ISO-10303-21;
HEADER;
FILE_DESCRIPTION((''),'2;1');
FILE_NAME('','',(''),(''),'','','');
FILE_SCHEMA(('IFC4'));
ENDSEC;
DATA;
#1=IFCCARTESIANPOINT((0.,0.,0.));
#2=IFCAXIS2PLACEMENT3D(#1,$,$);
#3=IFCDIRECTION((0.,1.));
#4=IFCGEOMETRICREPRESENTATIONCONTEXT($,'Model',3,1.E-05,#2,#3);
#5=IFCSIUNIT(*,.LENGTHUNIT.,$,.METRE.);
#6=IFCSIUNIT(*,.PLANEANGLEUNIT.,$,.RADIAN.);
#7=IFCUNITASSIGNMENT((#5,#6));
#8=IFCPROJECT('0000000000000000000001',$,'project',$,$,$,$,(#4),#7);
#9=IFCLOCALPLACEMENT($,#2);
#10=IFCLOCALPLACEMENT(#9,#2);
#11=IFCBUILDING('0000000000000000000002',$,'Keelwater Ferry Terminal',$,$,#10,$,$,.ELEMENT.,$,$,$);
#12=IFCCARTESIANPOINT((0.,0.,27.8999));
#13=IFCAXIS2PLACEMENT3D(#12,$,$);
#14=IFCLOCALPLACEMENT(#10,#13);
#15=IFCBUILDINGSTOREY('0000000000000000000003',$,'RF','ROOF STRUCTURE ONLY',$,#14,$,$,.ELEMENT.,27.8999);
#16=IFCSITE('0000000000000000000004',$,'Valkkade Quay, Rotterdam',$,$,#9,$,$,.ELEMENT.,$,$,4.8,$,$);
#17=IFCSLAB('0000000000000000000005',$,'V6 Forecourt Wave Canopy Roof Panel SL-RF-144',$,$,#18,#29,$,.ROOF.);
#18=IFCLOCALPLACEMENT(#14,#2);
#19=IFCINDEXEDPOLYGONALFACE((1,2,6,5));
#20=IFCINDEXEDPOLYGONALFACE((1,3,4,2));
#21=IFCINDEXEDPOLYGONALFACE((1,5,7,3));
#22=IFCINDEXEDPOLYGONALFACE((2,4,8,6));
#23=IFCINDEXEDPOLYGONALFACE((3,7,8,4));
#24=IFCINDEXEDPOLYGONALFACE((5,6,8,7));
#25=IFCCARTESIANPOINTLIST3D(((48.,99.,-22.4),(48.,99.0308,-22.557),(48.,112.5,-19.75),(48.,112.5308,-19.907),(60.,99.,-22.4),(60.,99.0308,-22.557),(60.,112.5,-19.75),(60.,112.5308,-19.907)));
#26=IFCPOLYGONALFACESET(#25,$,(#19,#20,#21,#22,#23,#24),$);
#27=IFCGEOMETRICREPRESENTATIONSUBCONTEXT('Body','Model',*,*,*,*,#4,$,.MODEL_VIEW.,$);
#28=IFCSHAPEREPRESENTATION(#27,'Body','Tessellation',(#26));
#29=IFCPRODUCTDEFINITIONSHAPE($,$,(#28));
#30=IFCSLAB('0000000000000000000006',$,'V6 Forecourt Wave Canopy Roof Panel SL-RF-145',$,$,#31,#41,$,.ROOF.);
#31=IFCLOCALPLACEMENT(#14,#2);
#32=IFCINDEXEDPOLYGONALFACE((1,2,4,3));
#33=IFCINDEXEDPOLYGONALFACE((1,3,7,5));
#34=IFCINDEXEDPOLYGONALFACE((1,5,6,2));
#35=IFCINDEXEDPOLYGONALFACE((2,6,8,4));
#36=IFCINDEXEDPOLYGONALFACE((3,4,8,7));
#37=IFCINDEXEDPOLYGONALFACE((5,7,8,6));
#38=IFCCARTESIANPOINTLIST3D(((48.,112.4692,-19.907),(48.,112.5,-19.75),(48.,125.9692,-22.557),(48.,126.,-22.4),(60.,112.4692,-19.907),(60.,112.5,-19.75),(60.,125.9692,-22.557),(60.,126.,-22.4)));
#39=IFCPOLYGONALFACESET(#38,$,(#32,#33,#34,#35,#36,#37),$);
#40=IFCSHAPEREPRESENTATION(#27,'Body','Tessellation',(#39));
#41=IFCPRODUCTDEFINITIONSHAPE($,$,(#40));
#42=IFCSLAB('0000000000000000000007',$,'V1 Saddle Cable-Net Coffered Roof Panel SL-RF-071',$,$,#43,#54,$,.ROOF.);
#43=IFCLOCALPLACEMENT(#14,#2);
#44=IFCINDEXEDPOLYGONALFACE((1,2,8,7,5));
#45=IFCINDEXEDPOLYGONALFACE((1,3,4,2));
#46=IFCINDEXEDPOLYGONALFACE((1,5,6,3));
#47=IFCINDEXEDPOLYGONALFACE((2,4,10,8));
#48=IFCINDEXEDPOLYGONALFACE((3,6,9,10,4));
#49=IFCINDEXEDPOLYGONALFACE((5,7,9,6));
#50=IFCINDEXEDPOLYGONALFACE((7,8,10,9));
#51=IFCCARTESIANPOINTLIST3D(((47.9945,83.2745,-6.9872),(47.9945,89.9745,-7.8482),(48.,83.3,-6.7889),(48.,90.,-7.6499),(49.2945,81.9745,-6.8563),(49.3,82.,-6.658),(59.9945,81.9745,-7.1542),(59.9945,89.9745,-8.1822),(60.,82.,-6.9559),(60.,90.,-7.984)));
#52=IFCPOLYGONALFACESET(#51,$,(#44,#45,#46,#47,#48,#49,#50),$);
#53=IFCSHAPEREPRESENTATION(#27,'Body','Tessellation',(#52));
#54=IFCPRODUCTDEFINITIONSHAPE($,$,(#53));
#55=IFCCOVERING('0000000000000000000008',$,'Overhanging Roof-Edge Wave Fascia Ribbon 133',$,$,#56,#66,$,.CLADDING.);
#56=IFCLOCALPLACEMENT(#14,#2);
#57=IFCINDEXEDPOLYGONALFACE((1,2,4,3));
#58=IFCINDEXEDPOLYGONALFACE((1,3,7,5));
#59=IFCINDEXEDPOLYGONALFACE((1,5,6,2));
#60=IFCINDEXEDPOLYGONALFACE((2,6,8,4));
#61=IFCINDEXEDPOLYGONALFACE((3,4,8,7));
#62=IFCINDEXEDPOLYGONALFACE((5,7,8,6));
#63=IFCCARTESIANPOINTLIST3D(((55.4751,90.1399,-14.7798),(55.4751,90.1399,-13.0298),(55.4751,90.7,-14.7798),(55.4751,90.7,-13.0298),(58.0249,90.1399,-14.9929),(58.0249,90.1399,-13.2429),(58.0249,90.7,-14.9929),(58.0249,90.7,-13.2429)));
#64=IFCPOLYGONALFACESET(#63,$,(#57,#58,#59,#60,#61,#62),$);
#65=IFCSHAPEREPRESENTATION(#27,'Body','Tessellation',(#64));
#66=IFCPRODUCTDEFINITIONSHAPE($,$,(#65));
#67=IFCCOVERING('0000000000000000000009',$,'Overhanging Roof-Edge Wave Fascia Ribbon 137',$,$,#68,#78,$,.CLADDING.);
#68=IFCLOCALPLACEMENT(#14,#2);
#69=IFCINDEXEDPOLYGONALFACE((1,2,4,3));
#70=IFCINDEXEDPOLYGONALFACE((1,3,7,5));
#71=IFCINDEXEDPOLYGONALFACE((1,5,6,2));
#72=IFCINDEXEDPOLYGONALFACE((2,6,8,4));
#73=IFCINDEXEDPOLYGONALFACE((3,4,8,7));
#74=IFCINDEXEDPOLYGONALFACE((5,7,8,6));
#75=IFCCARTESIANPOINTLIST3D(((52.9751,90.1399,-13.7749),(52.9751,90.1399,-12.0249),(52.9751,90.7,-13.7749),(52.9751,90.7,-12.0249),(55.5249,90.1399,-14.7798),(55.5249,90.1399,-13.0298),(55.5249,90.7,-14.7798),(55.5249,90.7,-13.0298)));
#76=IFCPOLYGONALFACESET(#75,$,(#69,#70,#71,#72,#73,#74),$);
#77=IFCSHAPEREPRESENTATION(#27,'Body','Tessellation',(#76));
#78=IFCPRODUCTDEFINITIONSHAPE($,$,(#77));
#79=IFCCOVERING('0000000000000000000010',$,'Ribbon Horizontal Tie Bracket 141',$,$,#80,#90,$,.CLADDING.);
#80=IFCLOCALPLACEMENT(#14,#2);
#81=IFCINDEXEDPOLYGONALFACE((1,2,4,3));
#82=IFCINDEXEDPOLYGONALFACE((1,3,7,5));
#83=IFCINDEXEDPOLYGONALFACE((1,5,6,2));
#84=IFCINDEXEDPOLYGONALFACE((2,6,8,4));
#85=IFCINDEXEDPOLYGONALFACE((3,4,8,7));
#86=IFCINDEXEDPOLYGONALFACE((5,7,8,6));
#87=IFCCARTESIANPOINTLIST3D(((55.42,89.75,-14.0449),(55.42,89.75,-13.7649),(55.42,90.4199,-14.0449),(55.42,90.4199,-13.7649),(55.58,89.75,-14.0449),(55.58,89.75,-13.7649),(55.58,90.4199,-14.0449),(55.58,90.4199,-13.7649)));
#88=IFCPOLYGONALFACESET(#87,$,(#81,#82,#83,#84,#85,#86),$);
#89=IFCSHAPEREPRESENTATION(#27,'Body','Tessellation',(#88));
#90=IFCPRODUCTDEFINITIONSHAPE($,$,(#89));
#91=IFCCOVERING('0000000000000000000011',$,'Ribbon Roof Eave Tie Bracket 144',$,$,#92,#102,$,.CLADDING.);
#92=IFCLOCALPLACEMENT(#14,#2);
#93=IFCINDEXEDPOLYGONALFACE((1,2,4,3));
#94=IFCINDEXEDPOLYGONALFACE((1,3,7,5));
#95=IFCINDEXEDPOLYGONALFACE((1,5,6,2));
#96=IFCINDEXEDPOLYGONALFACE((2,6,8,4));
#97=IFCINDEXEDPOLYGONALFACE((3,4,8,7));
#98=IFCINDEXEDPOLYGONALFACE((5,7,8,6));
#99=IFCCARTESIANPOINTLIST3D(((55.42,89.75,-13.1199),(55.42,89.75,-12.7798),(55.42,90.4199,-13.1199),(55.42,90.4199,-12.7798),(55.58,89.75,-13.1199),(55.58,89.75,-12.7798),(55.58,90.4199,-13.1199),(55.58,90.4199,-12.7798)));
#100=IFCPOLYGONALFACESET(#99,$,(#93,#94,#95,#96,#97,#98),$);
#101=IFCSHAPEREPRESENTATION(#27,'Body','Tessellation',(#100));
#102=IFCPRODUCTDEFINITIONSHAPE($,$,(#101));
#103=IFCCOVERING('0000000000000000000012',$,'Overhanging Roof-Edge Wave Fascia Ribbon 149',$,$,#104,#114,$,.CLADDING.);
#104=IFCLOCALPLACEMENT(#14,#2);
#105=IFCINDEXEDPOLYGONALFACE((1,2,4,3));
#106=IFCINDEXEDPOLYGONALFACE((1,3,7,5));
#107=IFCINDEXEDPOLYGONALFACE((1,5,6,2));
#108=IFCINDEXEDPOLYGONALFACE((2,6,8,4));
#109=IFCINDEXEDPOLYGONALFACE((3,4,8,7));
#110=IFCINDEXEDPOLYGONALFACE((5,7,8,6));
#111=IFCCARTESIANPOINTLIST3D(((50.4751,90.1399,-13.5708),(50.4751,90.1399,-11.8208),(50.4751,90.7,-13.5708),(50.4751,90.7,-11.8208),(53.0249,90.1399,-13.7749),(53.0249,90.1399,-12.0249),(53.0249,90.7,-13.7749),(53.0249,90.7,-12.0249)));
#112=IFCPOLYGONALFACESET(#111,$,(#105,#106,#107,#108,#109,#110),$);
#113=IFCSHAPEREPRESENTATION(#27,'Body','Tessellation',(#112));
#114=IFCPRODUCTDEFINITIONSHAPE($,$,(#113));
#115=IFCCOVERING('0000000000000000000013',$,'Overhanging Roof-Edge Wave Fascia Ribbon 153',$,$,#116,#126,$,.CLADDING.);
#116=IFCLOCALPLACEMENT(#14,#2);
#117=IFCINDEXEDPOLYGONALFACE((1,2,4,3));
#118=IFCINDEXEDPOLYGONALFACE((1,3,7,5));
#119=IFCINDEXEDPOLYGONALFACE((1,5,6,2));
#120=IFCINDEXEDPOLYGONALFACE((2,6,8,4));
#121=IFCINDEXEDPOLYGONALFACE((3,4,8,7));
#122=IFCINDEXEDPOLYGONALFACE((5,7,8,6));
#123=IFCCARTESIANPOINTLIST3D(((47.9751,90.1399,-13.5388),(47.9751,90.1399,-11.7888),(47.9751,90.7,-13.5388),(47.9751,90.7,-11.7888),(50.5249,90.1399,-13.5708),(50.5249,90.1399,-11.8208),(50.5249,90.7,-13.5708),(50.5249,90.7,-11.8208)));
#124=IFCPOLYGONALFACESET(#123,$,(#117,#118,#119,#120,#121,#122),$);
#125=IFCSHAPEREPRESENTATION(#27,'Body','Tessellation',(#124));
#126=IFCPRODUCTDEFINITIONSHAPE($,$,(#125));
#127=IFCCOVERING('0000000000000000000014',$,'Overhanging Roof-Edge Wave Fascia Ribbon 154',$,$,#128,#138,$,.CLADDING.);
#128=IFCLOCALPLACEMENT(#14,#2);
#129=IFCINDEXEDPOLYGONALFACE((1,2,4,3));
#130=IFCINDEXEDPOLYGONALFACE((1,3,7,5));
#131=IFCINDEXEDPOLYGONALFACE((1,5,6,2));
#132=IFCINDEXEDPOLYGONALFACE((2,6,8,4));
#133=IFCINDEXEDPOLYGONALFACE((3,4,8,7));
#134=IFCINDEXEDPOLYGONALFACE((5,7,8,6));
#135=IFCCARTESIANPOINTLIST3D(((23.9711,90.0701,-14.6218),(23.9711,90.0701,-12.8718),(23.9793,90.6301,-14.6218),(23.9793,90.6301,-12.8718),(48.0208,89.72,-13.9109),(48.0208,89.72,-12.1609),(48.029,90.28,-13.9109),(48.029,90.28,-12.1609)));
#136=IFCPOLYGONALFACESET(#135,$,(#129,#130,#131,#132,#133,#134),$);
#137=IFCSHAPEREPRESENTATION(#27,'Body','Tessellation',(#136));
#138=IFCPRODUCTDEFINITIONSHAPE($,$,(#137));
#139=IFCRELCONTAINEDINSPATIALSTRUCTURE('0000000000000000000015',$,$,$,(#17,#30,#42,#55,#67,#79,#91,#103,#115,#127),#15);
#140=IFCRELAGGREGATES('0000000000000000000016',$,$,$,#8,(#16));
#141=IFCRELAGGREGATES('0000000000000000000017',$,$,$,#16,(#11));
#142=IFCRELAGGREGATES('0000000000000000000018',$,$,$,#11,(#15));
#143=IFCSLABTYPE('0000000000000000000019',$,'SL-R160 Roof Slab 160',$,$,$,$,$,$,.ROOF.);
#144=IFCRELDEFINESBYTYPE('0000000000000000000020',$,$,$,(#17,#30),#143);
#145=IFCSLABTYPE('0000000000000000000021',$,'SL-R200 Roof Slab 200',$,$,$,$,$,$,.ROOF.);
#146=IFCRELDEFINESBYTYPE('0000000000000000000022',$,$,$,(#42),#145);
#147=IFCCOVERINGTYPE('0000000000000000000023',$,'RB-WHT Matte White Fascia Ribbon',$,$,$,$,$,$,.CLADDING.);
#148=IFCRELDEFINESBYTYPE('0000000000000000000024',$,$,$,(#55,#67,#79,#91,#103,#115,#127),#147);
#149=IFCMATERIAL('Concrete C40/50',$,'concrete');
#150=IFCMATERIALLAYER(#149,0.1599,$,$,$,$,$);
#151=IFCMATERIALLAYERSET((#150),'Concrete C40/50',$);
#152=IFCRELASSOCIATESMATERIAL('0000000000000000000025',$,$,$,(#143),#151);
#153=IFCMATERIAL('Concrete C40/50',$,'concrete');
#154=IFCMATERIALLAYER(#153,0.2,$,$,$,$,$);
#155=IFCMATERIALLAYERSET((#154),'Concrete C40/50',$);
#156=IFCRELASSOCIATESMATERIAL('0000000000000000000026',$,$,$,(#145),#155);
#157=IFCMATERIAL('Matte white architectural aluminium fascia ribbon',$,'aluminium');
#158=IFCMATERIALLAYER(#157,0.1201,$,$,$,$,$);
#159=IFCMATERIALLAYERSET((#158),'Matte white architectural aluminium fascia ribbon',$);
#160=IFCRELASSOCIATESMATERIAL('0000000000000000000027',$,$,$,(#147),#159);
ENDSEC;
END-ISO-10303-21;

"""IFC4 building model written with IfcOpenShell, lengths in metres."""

from ifc_helpers import new_model, si_unit, direction, frame, frame_2d, origin, origin_with_axes, place, context, subcontext, project, spatial, polyline, rectangle, outline, extrude, material, layer, layer_set, type_object, element, save


model = new_model("IFC4")

# Units and contexts
model_context = context("Model", 3, precision=1e-05, world=origin(), true_north=direction((0.0, 1.0)))
body_context = subcontext(model_context, "Body", "Model", "MODEL_VIEW")
ifc_project = project(units=[si_unit("LENGTHUNIT", "METRE"), si_unit("PLANEANGLEUNIT", "RADIAN")], contexts=[model_context])

# Site, building, storey
site_placement = place(None, origin())
site = spatial("IfcSite", under=ifc_project, at=site_placement, Name="Valkkade Quay, Rotterdam", CompositionType="ELEMENT", RefElevation=4.8)
building_placement = place(site_placement, origin())
building = spatial("IfcBuilding", under=site, at=building_placement, Name="Keelwater Ferry Terminal", CompositionType="ELEMENT")
storey_placement = place(building_placement, frame((0.0, 0.0, 27.8999)))
storey = spatial("IfcBuildingStorey", under=building, at=storey_placement, Name="RF", Description="ROOF STRUCTURE ONLY", CompositionType="ELEMENT", Elevation=27.8999)

# Slabs
ifc_material_1 = material(Name="Concrete C40/50", Category="concrete")
ifc_layer_1 = layer(ifc_material_1, 0.1599)
ifc_layer_set_1 = layer_set([ifc_layer_1], Name="Concrete C40/50")
slab_type_1 = type_object("IfcSlabType", Name="SL-R160 Roof Slab 160", PredefinedType="ROOF", material=ifc_layer_set_1)
for number, where, z_axis, x_axis, name in (
    (1, (48.0, 99.0308, -22.557), (0.0, -0.19262, 0.981273), (1.0, 0.0, 0.0), "V6 Forecourt Wave Canopy Roof Panel SL-RF-144"),
    (2, (48.0, 112.4692, -19.907), (0.0, 0.19262, 0.981273), (1.0, 0.0, 0.0), "V6 Forecourt Wave Canopy Roof Panel SL-RF-145"),
):
    element("IfcSlab", number, at=place(storey_placement, frame(where, z_axis=z_axis, x_axis=x_axis)), inside=storey, type_object=slab_type_1, Name=name, PredefinedType="ROOF", context=body_context, shape_type="SweptSolid", body=[
        extrude(outline(polyline([(0.0, 0.0), (12.0, 0.0), (12.0, 13.7576), (0.0, 13.7576), (0.0, 0.0)])), origin_with_axes(), (0.0, 0.0, 1.0), 0.16),
    ])
ifc_material_2 = material(Name="Concrete C40/50", Category="concrete")
ifc_layer_2 = layer(ifc_material_2, 0.2)
ifc_layer_set_2 = layer_set([ifc_layer_2], Name="Concrete C40/50")
slab_type_2 = type_object("IfcSlabType", Name="SL-R200 Roof Slab 200", PredefinedType="ROOF", material=ifc_layer_set_2)
slab_placement = place(storey_placement, frame((49.2945, 81.9745, -6.8563), z_axis=(0.027601, 0.127413, 0.991466), x_axis=(0.999619, -0.003518, -0.027376)))
element("IfcSlab", 3, at=slab_placement, inside=storey, type_object=slab_type_2, Name="V1 Saddle Cable-Net Coffered Roof Panel SL-RF-071", PredefinedType="ROOF", context=body_context, shape_type="SweptSolid", body=[
    extrude(outline(polyline([(0.0, 0.0), (10.7041, 0.038), (10.7041, 8.1038), (-1.3005, 8.0612), (-1.3005, 1.3061), (0.0, 0.0)])), origin_with_axes(), (0.0, 0.0, 1.0), 0.2),
])

# Coverings
ifc_material_3 = material(Name="Matte white architectural aluminium fascia ribbon", Category="aluminium")
ifc_layer_3 = layer(ifc_material_3, 0.1201)
ifc_layer_set_3 = layer_set([ifc_layer_3], Name="Matte white architectural aluminium fascia ribbon")
covering_type = type_object("IfcCoveringType", Name="RB-WHT Matte White Fascia Ribbon", PredefinedType="CLADDING", material=ifc_layer_set_3)
covering_1_placement = place(storey_placement, frame((58.0249, 90.4199, -14.9929), z_axis=(0.0, 0.0, 1.0), x_axis=(-1.0, 0.0, 0.0)))
element("IfcCovering", 4, at=covering_1_placement, inside=storey, type_object=covering_type, Name="Overhanging Roof-Edge Wave Fascia Ribbon 133", PredefinedType="CLADDING", context=body_context, shape_type="SweptSolid", body=[
    extrude(outline(polyline([(0.0, 0.0), (2.5498, 0.2131), (2.5498, 1.9631), (0.0, 1.75), (0.0, 0.0)])), frame((0.0, 0.28, 0.0), z_axis=(0.0, -1.0, 0.0), x_axis=(1.0, 0.0, 0.0)), (0.0, 0.0, 1.0), 0.5601),
])
covering_2_placement = place(storey_placement, frame((55.5249, 90.4199, -14.7798), z_axis=(0.0, 0.0, 1.0), x_axis=(-1.0, 0.0, 0.0)))
element("IfcCovering", 5, at=covering_2_placement, inside=storey, type_object=covering_type, Name="Overhanging Roof-Edge Wave Fascia Ribbon 137", PredefinedType="CLADDING", context=body_context, shape_type="SweptSolid", body=[
    extrude(outline(polyline([(0.0, 0.0), (2.5498, 1.0049), (2.5498, 2.7549), (0.0, 1.75), (0.0, 0.0)])), frame((0.0, 0.28, 0.0), z_axis=(0.0, -1.0, 0.0), x_axis=(1.0, 0.0, 0.0)), (0.0, 0.0, 1.0), 0.5601),
])
covering_3_placement = place(storey_placement, frame((55.5, 90.4199, -14.0449), z_axis=(0.0, 0.0, 1.0), x_axis=(0.0, -1.0, 0.0)))
element("IfcCovering", 6, at=covering_3_placement, inside=storey, type_object=covering_type, Name="Ribbon Horizontal Tie Bracket 141", PredefinedType="CLADDING", context=body_context, shape_type="SweptSolid", body=[
    extrude(rectangle(XDim=0.6699, YDim=0.1599, at=frame_2d((0.335, 0.0))), origin(), (0.0, 0.0, 1.0), 0.28),
])
covering_4_placement = place(storey_placement, frame((55.5, 90.4199, -13.1199), z_axis=(0.0, 0.0, 1.0), x_axis=(0.0, -1.0, 0.0)))
element("IfcCovering", 7, at=covering_4_placement, inside=storey, type_object=covering_type, Name="Ribbon Roof Eave Tie Bracket 144", PredefinedType="CLADDING", context=body_context, shape_type="SweptSolid", body=[
    extrude(rectangle(XDim=0.6699, YDim=0.1599, at=frame_2d((0.335, 0.0))), origin(), (0.0, 0.0, 1.0), 0.3401),
])
covering_5_placement = place(storey_placement, frame((53.0249, 90.4199, -13.7749), z_axis=(0.0, 0.0, 1.0), x_axis=(-1.0, 0.0, 0.0)))
element("IfcCovering", 8, at=covering_5_placement, inside=storey, type_object=covering_type, Name="Overhanging Roof-Edge Wave Fascia Ribbon 149", PredefinedType="CLADDING", context=body_context, shape_type="SweptSolid", body=[
    extrude(outline(polyline([(0.0, 0.0), (2.5498, 0.2041), (2.5498, 1.9541), (0.0, 1.75), (0.0, 0.0)])), frame((0.0, 0.28, 0.0), z_axis=(0.0, -1.0, 0.0), x_axis=(1.0, 0.0, 0.0)), (0.0, 0.0, 1.0), 0.5601),
])
covering_6_placement = place(storey_placement, frame((50.5249, 90.4199, -13.5708), z_axis=(0.0, 0.0, 1.0), x_axis=(-1.0, 0.0, 0.0)))
element("IfcCovering", 9, at=covering_6_placement, inside=storey, type_object=covering_type, Name="Overhanging Roof-Edge Wave Fascia Ribbon 153", PredefinedType="CLADDING", context=body_context, shape_type="SweptSolid", body=[
    extrude(outline(polyline([(0.0, 0.0), (2.5498, 0.032), (2.5498, 1.782), (0.0, 1.75), (0.0, 0.0)])), frame((0.0, 0.28, 0.0), z_axis=(0.0, -1.0, 0.0), x_axis=(1.0, 0.0, 0.0)), (0.0, 0.0, 1.0), 0.5601),
])
covering_7_placement = place(storey_placement, frame((48.0249, 90.0, -14.6218), z_axis=(0.0, 0.0, 1.0), x_axis=(-0.999894, 0.014556, 0.0)))
element("IfcCovering", 10, at=covering_7_placement, inside=storey, type_object=covering_type, Name="Overhanging Roof-Edge Wave Fascia Ribbon 154", PredefinedType="CLADDING", context=body_context, shape_type="SweptSolid", body=[
    extrude(outline(polyline([(0.0, 0.7109), (24.0522, 0.0), (24.0522, 1.75), (0.0, 2.4609), (0.0, 0.7109)])), frame((0.0, 0.28, 0.0), z_axis=(0.0, -1.0, 0.0), x_axis=(1.0, 0.0, 0.0)), (0.0, 0.0, 1.0), 0.5601),
])

save(model, "model.ifc")
